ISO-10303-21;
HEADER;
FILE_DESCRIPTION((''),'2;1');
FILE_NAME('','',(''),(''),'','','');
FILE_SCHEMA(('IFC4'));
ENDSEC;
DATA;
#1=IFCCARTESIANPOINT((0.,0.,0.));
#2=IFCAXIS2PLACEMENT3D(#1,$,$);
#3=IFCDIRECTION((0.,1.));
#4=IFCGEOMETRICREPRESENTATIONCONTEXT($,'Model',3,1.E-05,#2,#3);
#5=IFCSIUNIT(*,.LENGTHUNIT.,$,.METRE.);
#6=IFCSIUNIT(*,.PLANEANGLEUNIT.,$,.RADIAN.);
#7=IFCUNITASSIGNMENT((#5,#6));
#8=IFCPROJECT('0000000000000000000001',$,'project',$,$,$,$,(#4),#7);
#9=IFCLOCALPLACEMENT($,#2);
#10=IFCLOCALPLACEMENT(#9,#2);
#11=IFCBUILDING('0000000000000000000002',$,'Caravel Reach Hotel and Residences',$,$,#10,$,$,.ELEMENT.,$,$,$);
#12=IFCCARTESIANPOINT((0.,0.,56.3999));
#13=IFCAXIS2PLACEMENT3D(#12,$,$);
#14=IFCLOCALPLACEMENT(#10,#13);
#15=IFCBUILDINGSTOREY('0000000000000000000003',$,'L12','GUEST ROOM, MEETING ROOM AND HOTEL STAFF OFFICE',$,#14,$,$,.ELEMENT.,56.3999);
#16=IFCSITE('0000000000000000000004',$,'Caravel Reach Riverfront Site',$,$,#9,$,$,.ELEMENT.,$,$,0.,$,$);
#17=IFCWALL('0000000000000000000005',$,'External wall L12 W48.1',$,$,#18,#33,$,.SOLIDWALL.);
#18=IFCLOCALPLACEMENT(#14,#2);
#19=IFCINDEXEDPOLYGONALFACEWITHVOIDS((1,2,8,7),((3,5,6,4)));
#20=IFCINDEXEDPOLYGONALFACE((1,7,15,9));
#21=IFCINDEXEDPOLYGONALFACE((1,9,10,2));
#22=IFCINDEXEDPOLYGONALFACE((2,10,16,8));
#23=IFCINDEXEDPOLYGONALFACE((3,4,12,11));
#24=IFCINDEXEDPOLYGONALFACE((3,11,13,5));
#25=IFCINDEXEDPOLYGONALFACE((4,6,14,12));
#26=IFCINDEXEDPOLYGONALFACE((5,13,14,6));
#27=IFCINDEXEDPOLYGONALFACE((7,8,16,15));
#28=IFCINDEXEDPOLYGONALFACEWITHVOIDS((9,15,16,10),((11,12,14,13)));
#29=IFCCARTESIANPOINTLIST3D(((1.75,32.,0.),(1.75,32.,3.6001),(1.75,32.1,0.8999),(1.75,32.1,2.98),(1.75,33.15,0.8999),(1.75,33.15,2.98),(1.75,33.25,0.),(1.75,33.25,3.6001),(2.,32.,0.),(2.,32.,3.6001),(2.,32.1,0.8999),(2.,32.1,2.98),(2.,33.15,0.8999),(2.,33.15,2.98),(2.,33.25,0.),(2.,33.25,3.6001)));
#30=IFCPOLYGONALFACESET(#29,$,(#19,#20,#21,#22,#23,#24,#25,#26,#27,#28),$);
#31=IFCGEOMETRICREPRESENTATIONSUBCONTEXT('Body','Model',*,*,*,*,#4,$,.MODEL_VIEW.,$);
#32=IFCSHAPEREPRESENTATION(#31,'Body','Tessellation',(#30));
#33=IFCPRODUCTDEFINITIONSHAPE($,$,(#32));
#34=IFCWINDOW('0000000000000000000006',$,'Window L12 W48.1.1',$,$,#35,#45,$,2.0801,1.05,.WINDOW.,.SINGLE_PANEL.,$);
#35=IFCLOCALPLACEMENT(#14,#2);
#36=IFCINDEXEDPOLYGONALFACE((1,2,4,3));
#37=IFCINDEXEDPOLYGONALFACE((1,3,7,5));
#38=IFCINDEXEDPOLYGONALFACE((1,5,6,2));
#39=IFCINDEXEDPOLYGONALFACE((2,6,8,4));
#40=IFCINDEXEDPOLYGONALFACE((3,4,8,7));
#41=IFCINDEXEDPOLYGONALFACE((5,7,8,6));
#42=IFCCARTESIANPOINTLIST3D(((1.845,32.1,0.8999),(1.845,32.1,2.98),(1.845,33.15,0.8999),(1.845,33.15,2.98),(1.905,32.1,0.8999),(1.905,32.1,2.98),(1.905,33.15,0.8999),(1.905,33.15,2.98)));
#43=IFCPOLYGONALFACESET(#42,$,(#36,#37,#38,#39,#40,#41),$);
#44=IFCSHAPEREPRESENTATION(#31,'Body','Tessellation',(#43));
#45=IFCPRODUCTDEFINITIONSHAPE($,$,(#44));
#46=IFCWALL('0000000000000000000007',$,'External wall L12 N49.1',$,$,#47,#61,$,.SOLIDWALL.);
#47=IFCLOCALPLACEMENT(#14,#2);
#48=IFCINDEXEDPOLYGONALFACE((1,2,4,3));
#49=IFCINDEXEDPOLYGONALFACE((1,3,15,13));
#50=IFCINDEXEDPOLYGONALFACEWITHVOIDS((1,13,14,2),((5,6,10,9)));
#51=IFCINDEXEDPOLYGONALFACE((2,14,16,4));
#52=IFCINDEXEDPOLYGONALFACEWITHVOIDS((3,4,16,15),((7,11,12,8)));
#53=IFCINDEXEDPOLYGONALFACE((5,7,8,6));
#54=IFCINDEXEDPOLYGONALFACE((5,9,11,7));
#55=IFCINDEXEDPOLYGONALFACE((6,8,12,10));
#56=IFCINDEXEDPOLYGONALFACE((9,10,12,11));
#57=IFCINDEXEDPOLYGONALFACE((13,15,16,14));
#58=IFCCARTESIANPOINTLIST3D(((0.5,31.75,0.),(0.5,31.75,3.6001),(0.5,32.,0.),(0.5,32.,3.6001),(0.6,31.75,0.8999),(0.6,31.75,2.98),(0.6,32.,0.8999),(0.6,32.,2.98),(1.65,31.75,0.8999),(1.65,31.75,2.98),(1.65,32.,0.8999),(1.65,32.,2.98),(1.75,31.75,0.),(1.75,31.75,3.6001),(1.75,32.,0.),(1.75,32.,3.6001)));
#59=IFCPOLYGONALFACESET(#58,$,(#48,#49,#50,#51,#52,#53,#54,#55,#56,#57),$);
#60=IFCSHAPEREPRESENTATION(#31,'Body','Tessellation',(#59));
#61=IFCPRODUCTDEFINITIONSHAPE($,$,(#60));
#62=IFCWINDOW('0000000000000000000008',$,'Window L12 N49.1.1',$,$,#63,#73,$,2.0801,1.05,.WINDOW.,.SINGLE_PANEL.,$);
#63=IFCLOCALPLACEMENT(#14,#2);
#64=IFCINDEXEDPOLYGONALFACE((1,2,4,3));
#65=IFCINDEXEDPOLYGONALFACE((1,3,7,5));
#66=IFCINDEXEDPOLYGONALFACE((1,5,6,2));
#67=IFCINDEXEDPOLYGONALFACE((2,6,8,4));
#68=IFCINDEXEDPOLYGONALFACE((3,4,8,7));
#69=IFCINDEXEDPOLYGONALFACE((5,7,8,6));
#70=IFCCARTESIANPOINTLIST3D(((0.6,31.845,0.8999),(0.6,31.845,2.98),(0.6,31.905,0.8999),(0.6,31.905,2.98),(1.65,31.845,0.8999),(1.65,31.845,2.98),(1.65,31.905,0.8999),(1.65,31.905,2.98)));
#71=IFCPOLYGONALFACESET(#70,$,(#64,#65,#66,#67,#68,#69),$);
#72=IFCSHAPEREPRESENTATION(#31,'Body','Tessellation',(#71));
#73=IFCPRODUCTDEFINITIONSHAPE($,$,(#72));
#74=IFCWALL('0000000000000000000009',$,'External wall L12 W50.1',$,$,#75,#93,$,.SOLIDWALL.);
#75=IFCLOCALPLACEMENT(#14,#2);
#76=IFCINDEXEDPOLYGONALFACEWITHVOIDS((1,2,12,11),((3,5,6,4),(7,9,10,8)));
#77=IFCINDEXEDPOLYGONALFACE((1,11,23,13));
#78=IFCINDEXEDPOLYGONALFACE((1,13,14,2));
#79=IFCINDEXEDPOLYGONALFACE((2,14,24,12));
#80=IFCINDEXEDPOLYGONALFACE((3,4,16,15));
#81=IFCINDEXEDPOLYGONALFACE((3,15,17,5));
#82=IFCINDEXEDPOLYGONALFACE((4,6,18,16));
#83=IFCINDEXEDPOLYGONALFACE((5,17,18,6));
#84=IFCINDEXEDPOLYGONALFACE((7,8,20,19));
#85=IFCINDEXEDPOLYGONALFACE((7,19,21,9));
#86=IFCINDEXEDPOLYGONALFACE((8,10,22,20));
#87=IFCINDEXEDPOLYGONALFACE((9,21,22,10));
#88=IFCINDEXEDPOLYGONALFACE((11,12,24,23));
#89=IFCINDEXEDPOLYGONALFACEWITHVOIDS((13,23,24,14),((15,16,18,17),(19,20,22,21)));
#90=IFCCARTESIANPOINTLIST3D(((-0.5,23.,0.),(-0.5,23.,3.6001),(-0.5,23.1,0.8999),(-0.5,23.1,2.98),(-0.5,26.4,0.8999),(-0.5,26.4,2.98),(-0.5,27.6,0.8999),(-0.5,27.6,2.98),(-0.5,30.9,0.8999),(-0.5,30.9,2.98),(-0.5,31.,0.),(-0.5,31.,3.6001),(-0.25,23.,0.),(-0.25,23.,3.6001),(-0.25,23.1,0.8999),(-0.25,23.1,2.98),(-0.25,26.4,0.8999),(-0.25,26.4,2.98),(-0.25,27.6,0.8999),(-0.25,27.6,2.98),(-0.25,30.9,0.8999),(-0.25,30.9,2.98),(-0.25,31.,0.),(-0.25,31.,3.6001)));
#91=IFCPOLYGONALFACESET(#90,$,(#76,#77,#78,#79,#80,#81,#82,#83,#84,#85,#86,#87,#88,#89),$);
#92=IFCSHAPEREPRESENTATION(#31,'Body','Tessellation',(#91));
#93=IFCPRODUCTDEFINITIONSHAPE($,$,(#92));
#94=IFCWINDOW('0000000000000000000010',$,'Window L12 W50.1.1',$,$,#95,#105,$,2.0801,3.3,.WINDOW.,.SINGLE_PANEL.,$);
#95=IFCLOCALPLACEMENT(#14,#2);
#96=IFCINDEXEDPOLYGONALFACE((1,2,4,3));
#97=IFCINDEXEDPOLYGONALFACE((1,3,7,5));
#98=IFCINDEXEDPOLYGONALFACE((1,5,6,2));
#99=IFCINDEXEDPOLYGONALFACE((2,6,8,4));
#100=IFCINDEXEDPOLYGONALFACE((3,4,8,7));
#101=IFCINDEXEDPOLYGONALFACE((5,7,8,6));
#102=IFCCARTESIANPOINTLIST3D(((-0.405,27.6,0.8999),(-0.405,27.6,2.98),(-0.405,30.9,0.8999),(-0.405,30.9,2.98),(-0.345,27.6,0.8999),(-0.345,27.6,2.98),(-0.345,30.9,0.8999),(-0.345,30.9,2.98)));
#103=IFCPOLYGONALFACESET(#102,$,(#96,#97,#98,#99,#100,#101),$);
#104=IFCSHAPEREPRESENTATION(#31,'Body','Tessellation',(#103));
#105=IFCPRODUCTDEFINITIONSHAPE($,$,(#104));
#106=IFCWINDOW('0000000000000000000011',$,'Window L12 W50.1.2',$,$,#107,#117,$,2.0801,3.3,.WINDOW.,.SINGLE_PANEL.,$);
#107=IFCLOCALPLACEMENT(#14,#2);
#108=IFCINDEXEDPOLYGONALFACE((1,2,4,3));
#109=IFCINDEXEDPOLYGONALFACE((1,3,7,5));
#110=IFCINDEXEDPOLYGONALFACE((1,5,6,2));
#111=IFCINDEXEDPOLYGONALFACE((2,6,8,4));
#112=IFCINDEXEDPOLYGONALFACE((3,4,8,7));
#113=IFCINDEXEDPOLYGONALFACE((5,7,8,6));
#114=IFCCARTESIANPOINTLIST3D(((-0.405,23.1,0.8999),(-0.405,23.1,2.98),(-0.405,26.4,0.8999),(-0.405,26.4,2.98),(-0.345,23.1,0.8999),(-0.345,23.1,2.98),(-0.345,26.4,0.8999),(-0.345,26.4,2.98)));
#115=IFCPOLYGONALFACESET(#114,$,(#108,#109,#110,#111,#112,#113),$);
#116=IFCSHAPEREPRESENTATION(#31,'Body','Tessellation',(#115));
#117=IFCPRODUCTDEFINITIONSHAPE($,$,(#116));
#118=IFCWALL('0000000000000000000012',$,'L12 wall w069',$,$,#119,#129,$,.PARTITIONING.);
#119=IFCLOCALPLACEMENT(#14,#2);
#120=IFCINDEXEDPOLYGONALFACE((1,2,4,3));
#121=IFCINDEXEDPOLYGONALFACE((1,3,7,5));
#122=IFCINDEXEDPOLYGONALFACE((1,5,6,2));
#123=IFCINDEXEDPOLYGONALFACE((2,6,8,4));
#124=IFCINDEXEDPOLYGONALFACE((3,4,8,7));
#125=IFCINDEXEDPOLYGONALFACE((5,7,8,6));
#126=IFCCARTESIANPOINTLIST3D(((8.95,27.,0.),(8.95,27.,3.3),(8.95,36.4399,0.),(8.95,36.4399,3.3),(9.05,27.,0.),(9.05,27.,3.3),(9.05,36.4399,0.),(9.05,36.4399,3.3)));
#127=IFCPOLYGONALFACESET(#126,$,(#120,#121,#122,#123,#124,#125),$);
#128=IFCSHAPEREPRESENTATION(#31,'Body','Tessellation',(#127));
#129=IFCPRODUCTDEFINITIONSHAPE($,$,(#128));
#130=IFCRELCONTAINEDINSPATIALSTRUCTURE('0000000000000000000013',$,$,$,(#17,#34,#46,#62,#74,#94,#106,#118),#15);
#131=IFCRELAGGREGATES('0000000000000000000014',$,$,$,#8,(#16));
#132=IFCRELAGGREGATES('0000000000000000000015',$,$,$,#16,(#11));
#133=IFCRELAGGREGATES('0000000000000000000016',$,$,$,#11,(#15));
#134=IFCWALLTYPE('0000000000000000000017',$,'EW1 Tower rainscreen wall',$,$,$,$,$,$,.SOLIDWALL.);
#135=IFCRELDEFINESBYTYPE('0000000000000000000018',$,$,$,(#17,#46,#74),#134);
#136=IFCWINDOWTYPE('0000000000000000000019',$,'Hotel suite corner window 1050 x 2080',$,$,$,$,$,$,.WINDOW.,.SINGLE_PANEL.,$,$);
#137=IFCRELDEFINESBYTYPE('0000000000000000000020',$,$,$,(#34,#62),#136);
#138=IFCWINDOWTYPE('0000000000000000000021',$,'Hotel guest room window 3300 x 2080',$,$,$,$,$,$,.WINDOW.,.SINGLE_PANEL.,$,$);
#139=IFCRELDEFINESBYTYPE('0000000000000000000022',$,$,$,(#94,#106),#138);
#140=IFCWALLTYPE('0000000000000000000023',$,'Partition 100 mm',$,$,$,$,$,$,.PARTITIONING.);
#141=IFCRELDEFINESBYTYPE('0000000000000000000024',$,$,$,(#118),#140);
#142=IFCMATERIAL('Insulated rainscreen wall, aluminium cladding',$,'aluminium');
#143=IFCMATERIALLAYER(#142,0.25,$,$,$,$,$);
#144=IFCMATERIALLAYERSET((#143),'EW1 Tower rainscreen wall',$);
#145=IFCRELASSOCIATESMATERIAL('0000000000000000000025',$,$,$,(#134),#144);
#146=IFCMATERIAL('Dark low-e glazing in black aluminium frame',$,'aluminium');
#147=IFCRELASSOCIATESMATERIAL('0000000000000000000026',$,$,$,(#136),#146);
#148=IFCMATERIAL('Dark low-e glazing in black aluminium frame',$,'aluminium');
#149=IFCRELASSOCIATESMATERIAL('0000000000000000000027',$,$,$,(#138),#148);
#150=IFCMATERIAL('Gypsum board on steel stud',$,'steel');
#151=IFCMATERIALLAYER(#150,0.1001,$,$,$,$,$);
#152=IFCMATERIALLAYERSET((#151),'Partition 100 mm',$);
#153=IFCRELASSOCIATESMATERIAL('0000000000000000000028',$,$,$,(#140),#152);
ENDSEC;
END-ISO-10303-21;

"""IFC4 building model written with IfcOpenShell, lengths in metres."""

from ifc_helpers import new_model, si_unit, direction, frame, frame_2d, origin, place, context, subcontext, project, spatial, rectangle, extrude, material, layer, layer_set, type_object, element, fill, save


model = new_model("IFC4")

# Units and contexts
model_context = context("Model", 3, precision=1e-05, world=origin(), true_north=direction((0.0, 1.0)))
body_context = subcontext(model_context, "Body", "Model", "MODEL_VIEW")
ifc_project = project(units=[si_unit("LENGTHUNIT", "METRE"), si_unit("PLANEANGLEUNIT", "RADIAN")], contexts=[model_context])

# Site, building, storey
site_placement = place(None, origin())
site = spatial("IfcSite", under=ifc_project, at=site_placement, Name="Caravel Reach Riverfront Site", CompositionType="ELEMENT", RefElevation=0.0)
building_placement = place(site_placement, origin())
building = spatial("IfcBuilding", under=site, at=building_placement, Name="Caravel Reach Hotel and Residences", CompositionType="ELEMENT")
storey_placement = place(building_placement, frame((0.0, 0.0, 56.3999)))
storey = spatial("IfcBuildingStorey", under=building, at=storey_placement, Name="L12", Description="GUEST ROOM, MEETING ROOM AND HOTEL STAFF OFFICE", CompositionType="ELEMENT", Elevation=56.3999)

# Walls, openings, windows
ifc_material_1 = material(Name="Insulated rainscreen wall, aluminium cladding", Category="aluminium")
ifc_layer_1 = layer(ifc_material_1, 0.25)
ifc_layer_set_1 = layer_set([ifc_layer_1], Name="EW1 Tower rainscreen wall")
wall_type_1 = type_object("IfcWallType", Name="EW1 Tower rainscreen wall", PredefinedType="SOLIDWALL", material=ifc_layer_set_1)
ifc_material_2 = material(Name="Dark low-e glazing in black aluminium frame", Category="aluminium")
window_type_1 = type_object("IfcWindowType", Name="Hotel suite corner window 1050 x 2080", PartitioningType="SINGLE_PANEL", PredefinedType="WINDOW", material=ifc_material_2)
wall_1_placement = place(storey_placement, frame((1.875, 33.25, 0.0), z_axis=(0.0, 0.0, 1.0), x_axis=(0.0, -1.0, 0.0)))
wall_1 = element("IfcWall", 1, at=wall_1_placement, inside=storey, type_object=wall_type_1, Name="External wall L12 W48.1", PredefinedType="SOLIDWALL", context=body_context, shape_type="SweptSolid", body=[
    extrude(rectangle(XDim=1.25, YDim=0.25, at=frame_2d((0.625, 0.0))), origin(), (0.0, 0.0, 1.0), 3.6001),
])
opening_1_placement = place(wall_1_placement, frame((0.1001, 0.0, 0.8999)))
opening_1 = element("IfcOpeningElement", 2, at=opening_1_placement, cuts=wall_1, PredefinedType="OPENING", context=body_context, shape_type="SweptSolid", body=[
    extrude(rectangle(XDim=1.05, YDim=2.0801, at=frame_2d((0.5249, 1.04))), frame((0.0, 0.135, 0.0), z_axis=(0.0, -1.0, 0.0), x_axis=(1.0, 0.0, 0.0)), (0.0, 0.0, 1.0), 0.27),
])
window_1_placement = place(opening_1_placement, origin())
window_1 = element("IfcWindow", 3, at=window_1_placement, inside=storey, type_object=window_type_1, Name="Window L12 W48.1.1", OverallHeight=2.0801, OverallWidth=1.05, PartitioningType="SINGLE_PANEL", PredefinedType="WINDOW", context=body_context, shape_type="SweptSolid", body=[
    extrude(rectangle(XDim=1.05, YDim=2.0801, at=frame_2d((0.5249, 1.04))), frame((0.0, 0.03, 0.0), z_axis=(0.0, -1.0, 0.0), x_axis=(1.0, 0.0, 0.0)), (0.0, 0.0, 1.0), 0.0601),
])
fill(opening_1, window_1)
wall_2_placement = place(storey_placement, frame((1.75, 31.875, 0.0), z_axis=(0.0, 0.0, 1.0), x_axis=(-1.0, 0.0, 0.0)))
wall_2 = element("IfcWall", 4, at=wall_2_placement, inside=storey, type_object=wall_type_1, Name="External wall L12 N49.1", PredefinedType="SOLIDWALL", context=body_context, shape_type="SweptSolid", body=[
    extrude(rectangle(XDim=1.25, YDim=0.25, at=frame_2d((0.625, 0.0))), origin(), (0.0, 0.0, 1.0), 3.6001),
])
opening_2_placement = place(wall_2_placement, frame((0.1001, 0.0, 0.8999)))
opening_2 = element("IfcOpeningElement", 5, at=opening_2_placement, cuts=wall_2, PredefinedType="OPENING", context=body_context, shape_type="SweptSolid", body=[
    extrude(rectangle(XDim=1.05, YDim=2.0801, at=frame_2d((0.5249, 1.04))), frame((0.0, 0.135, 0.0), z_axis=(0.0, -1.0, 0.0), x_axis=(1.0, 0.0, 0.0)), (0.0, 0.0, 1.0), 0.27),
])
window_2_placement = place(opening_2_placement, origin())
window_2 = element("IfcWindow", 6, at=window_2_placement, inside=storey, type_object=window_type_1, Name="Window L12 N49.1.1", OverallHeight=2.0801, OverallWidth=1.05, PartitioningType="SINGLE_PANEL", PredefinedType="WINDOW", context=body_context, shape_type="SweptSolid", body=[
    extrude(rectangle(XDim=1.05, YDim=2.0801, at=frame_2d((0.5249, 1.04))), frame((0.0, 0.03, 0.0), z_axis=(0.0, -1.0, 0.0), x_axis=(1.0, 0.0, 0.0)), (0.0, 0.0, 1.0), 0.0601),
])
fill(opening_2, window_2)

# Wall, openings, windows
wall_3_placement = place(storey_placement, frame((-0.375, 31.0, 0.0), z_axis=(0.0, 0.0, 1.0), x_axis=(0.0, -1.0, 0.0)))
wall_3 = element("IfcWall", 7, at=wall_3_placement, inside=storey, type_object=wall_type_1, Name="External wall L12 W50.1", PredefinedType="SOLIDWALL", context=body_context, shape_type="SweptSolid", body=[
    extrude(rectangle(XDim=8.0, YDim=0.25, at=frame_2d((4.0, 0.0))), origin(), (0.0, 0.0, 1.0), 3.6001),
])
opening_3_placement = place(wall_3_placement, frame((0.1001, 0.0, 0.8999)))
opening_3 = element("IfcOpeningElement", 8, at=opening_3_placement, cuts=wall_3, PredefinedType="OPENING", context=body_context, shape_type="SweptSolid", body=[
    extrude(rectangle(XDim=3.3, YDim=2.0801, at=frame_2d((1.6499, 1.04))), frame((0.0, 0.135, 0.0), z_axis=(0.0, -1.0, 0.0), x_axis=(1.0, 0.0, 0.0)), (0.0, 0.0, 1.0), 0.27),
])
opening_4_placement = place(wall_3_placement, frame((4.6001, 0.0, 0.8999)))
opening_4 = element("IfcOpeningElement", 9, at=opening_4_placement, cuts=wall_3, PredefinedType="OPENING", context=body_context, shape_type="SweptSolid", body=[
    extrude(rectangle(XDim=3.3, YDim=2.0801, at=frame_2d((1.6499, 1.04))), frame((0.0, 0.135, 0.0), z_axis=(0.0, -1.0, 0.0), x_axis=(1.0, 0.0, 0.0)), (0.0, 0.0, 1.0), 0.27),
])
ifc_material_3 = material(Name="Dark low-e glazing in black aluminium frame", Category="aluminium")
window_type_2 = type_object("IfcWindowType", Name="Hotel guest room window 3300 x 2080", PartitioningType="SINGLE_PANEL", PredefinedType="WINDOW", material=ifc_material_3)
window_3_placement = place(opening_3_placement, origin())
window_3 = element("IfcWindow", 10, at=window_3_placement, inside=storey, type_object=window_type_2, Name="Window L12 W50.1.1", OverallHeight=2.0801, OverallWidth=3.3, PartitioningType="SINGLE_PANEL", PredefinedType="WINDOW", context=body_context, shape_type="SweptSolid", body=[
    extrude(rectangle(XDim=3.3, YDim=2.0801, at=frame_2d((1.6499, 1.04))), frame((0.0, 0.03, 0.0), z_axis=(0.0, -1.0, 0.0), x_axis=(1.0, 0.0, 0.0)), (0.0, 0.0, 1.0), 0.0601),
])
fill(opening_3, window_3)
window_4_placement = place(opening_4_placement, origin())
window_4 = element("IfcWindow", 11, at=window_4_placement, inside=storey, type_object=window_type_2, Name="Window L12 W50.1.2", OverallHeight=2.0801, OverallWidth=3.3, PartitioningType="SINGLE_PANEL", PredefinedType="WINDOW", context=body_context, shape_type="SweptSolid", body=[
    extrude(rectangle(XDim=3.3, YDim=2.0801, at=frame_2d((1.6499, 1.04))), frame((0.0, 0.03, 0.0), z_axis=(0.0, -1.0, 0.0), x_axis=(1.0, 0.0, 0.0)), (0.0, 0.0, 1.0), 0.0601),
])
fill(opening_4, window_4)

# Wall
ifc_material_4 = material(Name="Gypsum board on steel stud", Category="steel")
ifc_layer_2 = layer(ifc_material_4, 0.1001)
ifc_layer_set_2 = layer_set([ifc_layer_2], Name="Partition 100 mm")
wall_type_2 = type_object("IfcWallType", Name="Partition 100 mm", PredefinedType="PARTITIONING", material=ifc_layer_set_2)
wall_4_placement = place(storey_placement, frame((9.0, 27.0, 0.0), z_axis=(0.0, 0.0, 1.0), x_axis=(0.0, 1.0, 0.0)))
element("IfcWall", 12, at=wall_4_placement, inside=storey, type_object=wall_type_2, Name="L12 wall w069", PredefinedType="PARTITIONING", context=body_context, shape_type="SweptSolid", body=[
    extrude(rectangle(XDim=9.4399, YDim=0.1001, at=frame_2d((4.72, 0.0))), origin(), (0.0, 0.0, 1.0), 3.3),
])

save(model, "model.ifc")
